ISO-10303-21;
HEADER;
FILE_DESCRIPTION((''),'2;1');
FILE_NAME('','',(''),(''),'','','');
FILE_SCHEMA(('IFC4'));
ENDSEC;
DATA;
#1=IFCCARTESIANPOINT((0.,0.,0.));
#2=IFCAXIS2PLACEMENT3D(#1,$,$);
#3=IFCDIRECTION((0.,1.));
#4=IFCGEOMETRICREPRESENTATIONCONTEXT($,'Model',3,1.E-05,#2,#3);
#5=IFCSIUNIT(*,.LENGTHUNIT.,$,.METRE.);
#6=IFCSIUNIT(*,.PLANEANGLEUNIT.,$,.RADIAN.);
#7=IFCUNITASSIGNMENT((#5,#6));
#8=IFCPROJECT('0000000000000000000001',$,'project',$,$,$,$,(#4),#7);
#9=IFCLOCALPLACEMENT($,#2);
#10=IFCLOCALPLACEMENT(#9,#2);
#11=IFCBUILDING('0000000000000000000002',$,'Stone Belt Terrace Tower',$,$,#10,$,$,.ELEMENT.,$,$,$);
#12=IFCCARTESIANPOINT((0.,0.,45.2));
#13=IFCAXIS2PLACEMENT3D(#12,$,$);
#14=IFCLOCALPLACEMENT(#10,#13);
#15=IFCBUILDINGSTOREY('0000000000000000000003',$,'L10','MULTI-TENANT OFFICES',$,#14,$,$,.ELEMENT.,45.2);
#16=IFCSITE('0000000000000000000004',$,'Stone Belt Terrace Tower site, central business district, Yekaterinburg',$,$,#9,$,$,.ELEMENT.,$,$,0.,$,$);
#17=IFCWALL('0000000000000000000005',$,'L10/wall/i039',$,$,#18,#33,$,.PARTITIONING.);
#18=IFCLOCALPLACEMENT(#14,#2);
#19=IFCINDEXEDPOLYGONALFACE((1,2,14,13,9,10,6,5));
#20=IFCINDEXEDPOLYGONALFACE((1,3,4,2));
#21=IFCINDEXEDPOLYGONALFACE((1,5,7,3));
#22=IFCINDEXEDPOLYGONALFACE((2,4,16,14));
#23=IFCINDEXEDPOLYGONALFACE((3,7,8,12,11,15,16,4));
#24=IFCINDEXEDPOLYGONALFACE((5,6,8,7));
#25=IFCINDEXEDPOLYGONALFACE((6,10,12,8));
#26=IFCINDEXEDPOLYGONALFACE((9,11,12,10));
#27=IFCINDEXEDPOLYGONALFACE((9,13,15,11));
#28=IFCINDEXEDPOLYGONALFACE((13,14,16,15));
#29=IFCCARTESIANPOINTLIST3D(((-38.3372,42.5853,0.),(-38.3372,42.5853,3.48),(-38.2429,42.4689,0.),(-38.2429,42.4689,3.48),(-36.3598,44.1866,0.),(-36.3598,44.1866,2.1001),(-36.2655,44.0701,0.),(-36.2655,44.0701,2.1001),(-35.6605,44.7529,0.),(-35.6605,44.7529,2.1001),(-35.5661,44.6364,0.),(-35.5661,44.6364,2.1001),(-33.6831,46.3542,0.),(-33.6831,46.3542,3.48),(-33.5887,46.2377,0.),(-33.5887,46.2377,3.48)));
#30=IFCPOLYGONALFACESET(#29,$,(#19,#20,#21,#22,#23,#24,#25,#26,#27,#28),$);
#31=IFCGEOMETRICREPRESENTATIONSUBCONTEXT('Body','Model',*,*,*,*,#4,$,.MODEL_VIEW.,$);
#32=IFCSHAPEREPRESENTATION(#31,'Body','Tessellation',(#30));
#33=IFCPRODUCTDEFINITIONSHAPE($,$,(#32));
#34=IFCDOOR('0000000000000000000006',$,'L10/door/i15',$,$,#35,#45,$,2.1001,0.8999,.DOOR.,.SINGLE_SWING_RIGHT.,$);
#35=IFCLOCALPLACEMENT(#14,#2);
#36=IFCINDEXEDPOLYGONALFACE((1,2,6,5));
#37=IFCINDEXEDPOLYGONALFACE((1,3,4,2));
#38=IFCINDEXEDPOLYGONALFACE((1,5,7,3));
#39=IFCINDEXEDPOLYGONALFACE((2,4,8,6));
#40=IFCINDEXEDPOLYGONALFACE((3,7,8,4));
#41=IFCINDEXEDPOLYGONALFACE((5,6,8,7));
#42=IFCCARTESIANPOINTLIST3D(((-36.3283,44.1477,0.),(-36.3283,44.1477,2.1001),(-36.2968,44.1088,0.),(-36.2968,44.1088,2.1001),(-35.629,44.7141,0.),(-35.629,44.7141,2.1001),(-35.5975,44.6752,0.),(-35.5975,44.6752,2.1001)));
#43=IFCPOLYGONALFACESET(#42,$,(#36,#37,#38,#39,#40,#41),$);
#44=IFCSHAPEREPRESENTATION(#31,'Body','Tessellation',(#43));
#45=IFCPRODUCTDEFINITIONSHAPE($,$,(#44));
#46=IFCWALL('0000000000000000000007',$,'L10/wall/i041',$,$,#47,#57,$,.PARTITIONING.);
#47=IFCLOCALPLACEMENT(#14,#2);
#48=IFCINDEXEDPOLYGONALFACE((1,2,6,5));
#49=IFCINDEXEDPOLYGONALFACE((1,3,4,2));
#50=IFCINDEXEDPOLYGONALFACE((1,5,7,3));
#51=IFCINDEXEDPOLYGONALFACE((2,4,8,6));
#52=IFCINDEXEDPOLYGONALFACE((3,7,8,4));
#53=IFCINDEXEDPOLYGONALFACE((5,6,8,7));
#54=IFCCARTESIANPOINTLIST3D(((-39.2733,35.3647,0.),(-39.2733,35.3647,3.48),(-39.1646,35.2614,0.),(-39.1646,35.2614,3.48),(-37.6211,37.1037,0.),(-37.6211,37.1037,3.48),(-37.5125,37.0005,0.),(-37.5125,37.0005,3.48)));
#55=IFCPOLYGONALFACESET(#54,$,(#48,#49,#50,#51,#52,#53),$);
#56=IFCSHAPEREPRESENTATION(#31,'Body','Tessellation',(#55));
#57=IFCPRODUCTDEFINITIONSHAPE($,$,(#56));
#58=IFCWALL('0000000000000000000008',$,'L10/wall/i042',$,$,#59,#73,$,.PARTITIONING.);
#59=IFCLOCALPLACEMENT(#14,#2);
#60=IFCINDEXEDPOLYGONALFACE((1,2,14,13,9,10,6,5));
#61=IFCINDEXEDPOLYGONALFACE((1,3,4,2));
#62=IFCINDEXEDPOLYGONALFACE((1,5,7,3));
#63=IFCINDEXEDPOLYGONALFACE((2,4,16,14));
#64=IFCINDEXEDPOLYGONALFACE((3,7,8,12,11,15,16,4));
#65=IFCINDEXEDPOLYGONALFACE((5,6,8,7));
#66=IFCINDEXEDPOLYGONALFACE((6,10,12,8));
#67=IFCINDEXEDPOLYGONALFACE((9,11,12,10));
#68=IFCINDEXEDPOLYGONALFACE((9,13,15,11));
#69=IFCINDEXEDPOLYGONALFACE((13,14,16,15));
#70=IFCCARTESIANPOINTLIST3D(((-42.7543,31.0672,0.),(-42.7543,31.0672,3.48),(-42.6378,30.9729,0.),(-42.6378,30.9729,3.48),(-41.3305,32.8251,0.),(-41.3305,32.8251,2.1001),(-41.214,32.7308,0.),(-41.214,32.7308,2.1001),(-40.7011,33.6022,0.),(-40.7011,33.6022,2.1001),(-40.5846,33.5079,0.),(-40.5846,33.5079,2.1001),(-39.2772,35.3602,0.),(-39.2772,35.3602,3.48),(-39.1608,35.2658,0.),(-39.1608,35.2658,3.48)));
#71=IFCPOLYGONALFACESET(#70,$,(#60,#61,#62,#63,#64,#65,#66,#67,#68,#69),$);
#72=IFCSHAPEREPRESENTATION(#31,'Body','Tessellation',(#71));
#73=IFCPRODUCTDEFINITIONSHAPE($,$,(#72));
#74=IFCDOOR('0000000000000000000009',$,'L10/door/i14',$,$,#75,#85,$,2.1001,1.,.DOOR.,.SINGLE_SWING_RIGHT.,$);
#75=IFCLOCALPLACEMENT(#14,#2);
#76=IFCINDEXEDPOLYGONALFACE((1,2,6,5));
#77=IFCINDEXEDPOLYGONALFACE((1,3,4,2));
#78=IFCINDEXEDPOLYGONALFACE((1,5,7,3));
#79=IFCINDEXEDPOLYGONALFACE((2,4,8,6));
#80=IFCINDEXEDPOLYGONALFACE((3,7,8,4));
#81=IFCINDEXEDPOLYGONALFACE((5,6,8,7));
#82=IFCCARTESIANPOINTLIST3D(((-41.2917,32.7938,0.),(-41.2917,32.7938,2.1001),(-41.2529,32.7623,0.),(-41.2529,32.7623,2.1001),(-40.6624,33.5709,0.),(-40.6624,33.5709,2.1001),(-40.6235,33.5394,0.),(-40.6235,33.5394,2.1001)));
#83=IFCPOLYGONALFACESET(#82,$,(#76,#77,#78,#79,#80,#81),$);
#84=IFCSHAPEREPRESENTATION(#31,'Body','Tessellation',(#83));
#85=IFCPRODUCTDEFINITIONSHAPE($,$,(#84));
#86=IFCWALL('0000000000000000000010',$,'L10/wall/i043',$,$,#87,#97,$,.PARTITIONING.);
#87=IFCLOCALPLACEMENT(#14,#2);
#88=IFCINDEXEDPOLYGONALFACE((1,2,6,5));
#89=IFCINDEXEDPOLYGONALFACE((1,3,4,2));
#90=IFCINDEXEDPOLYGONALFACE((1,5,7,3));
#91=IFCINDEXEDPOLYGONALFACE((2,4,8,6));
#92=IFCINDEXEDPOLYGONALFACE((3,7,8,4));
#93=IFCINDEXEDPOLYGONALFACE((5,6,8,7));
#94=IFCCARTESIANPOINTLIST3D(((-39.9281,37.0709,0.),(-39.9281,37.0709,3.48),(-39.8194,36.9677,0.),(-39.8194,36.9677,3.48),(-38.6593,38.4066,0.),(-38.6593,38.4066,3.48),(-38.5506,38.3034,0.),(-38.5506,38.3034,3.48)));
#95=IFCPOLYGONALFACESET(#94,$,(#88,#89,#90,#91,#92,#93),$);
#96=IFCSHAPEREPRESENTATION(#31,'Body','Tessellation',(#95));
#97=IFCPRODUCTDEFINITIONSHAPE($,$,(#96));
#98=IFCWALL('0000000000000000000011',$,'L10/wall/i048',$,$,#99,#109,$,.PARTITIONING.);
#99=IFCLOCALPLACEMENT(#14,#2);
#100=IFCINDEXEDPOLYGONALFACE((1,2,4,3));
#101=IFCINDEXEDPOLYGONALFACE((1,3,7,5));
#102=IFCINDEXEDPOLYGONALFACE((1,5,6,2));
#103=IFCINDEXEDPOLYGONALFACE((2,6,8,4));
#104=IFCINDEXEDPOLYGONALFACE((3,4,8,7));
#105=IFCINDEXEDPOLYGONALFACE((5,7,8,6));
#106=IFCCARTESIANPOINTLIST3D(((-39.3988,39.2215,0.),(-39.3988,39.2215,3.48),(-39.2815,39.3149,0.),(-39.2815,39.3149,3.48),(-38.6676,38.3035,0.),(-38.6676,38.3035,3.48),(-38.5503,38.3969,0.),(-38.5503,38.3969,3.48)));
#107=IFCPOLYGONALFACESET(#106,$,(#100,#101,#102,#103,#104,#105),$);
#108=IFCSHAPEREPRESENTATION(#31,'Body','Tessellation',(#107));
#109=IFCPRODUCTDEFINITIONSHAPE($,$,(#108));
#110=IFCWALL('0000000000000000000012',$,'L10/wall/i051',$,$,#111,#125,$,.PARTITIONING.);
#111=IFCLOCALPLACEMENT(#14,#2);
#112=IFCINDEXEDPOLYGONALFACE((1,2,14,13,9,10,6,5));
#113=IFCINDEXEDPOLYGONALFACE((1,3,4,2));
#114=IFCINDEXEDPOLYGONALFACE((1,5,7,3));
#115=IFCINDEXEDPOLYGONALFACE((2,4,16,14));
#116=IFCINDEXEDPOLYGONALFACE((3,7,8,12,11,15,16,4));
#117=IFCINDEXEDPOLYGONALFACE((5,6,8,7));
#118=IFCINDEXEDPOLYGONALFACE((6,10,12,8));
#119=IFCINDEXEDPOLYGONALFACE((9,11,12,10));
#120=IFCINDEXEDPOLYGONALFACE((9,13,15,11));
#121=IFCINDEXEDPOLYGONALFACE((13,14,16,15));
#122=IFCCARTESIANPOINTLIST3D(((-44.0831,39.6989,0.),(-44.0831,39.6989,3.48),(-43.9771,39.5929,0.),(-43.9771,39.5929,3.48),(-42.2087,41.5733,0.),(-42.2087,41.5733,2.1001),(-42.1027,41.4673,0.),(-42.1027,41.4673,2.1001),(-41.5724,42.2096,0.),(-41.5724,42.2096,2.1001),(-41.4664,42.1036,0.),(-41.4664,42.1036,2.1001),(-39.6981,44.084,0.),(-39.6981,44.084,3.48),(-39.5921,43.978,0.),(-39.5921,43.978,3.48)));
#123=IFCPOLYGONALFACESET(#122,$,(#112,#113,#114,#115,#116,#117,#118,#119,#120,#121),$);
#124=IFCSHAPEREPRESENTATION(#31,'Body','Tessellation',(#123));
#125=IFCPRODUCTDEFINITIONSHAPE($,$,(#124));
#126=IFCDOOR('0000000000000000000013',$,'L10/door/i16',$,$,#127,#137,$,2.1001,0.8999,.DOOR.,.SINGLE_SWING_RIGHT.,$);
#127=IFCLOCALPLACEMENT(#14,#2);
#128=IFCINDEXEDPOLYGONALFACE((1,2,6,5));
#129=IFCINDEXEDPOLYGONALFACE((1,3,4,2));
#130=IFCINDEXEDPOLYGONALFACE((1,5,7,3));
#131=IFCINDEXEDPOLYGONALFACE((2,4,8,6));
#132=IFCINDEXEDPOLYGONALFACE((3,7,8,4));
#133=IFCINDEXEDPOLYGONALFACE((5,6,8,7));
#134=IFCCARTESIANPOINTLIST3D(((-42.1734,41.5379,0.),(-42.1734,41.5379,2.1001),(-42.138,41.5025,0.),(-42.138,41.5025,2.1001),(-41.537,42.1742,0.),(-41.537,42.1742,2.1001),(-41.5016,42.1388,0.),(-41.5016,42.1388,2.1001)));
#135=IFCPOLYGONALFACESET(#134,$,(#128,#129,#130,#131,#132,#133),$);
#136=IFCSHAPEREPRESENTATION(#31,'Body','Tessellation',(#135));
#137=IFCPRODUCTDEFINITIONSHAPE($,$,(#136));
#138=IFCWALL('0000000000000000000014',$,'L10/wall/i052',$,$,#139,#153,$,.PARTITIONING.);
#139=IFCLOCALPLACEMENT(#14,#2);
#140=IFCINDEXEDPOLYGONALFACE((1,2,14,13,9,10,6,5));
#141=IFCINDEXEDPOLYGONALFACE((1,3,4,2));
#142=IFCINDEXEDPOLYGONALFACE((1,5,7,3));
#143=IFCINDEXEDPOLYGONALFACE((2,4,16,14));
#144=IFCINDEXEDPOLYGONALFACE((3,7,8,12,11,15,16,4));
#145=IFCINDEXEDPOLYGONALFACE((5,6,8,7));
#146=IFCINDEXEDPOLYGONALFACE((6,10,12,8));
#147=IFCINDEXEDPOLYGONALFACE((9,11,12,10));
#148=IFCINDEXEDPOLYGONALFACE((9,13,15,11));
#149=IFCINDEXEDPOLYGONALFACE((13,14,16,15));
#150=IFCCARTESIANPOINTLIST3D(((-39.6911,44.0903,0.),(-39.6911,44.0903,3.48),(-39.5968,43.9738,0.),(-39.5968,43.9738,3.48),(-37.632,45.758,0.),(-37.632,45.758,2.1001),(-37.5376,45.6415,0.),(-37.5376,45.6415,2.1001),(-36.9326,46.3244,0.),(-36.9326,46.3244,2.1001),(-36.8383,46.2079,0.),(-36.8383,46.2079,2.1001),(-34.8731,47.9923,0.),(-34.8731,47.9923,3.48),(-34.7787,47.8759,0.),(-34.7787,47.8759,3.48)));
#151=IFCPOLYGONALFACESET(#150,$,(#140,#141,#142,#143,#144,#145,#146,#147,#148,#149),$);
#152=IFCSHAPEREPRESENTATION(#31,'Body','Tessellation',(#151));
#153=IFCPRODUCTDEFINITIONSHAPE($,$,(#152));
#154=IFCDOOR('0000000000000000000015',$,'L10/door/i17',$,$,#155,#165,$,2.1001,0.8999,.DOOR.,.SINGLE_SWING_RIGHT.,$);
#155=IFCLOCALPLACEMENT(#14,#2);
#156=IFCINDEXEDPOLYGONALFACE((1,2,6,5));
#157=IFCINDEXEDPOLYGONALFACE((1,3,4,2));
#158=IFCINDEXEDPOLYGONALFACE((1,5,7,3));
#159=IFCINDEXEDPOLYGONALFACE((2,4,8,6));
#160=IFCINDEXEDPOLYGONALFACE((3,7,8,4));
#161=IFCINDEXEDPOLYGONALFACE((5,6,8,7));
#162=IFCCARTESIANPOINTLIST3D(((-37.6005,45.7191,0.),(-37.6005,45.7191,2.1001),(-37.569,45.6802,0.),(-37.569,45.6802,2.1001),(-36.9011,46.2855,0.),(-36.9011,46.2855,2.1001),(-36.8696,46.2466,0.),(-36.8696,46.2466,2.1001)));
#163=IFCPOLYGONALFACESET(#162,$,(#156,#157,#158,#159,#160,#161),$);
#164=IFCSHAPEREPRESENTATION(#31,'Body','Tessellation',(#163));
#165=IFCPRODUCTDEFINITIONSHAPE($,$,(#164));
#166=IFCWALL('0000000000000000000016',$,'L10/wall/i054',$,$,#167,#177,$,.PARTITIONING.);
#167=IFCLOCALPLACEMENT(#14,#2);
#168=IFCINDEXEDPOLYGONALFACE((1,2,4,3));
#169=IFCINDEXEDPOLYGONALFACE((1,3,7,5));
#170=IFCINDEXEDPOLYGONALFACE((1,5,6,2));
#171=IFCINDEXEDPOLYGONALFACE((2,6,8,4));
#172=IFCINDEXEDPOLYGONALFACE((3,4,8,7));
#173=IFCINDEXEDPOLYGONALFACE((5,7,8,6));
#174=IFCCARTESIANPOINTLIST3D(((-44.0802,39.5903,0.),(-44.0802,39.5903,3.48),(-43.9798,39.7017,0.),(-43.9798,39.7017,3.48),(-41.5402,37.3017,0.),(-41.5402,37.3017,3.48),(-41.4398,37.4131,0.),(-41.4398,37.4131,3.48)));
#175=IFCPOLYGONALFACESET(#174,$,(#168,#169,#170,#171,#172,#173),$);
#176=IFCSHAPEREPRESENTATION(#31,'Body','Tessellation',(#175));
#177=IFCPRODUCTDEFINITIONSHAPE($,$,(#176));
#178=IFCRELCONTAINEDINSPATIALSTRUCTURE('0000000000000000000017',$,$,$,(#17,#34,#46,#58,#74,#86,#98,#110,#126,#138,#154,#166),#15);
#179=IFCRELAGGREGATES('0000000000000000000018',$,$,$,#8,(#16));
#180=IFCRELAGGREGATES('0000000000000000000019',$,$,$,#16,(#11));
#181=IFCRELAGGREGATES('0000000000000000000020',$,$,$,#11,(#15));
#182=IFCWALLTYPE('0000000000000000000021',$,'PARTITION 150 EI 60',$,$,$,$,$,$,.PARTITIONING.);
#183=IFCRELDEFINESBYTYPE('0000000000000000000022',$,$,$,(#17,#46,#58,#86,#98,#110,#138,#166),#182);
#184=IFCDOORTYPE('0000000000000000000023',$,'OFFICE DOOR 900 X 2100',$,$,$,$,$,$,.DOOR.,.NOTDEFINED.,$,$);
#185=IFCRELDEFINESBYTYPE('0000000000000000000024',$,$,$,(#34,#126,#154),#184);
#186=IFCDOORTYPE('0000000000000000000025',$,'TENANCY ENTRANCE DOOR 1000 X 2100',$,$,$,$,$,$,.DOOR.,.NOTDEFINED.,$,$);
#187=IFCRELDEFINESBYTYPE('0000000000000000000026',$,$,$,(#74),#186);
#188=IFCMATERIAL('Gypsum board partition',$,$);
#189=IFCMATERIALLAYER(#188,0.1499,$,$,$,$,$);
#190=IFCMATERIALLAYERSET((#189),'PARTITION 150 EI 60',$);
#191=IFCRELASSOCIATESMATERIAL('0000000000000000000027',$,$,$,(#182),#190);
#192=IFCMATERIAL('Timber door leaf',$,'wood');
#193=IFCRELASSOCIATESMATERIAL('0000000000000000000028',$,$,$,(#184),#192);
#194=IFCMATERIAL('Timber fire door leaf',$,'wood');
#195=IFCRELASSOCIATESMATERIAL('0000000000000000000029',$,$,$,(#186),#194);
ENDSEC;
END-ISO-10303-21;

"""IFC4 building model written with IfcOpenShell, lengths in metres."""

from ifc_helpers import new_model, si_unit, direction, frame, frame_2d, origin, place, context, subcontext, project, spatial, rectangle, extrude, material, layer, layer_set, type_object, element, fill, save


model = new_model("IFC4")

# Units and contexts
model_context = context("Model", 3, precision=1e-05, world=origin(), true_north=direction((0.0, 1.0)))
body_context = subcontext(model_context, "Body", "Model", "MODEL_VIEW")
ifc_project = project(units=[si_unit("LENGTHUNIT", "METRE"), si_unit("PLANEANGLEUNIT", "RADIAN")], contexts=[model_context])

# Site, building, storey
site_placement = place(None, origin())
site = spatial("IfcSite", under=ifc_project, at=site_placement, Name="Stone Belt Terrace Tower site, central business district, Yekaterinburg", CompositionType="ELEMENT", RefElevation=0.0)
building_placement = place(site_placement, origin())
building = spatial("IfcBuilding", under=site, at=building_placement, Name="Stone Belt Terrace Tower", CompositionType="ELEMENT")
storey_placement = place(building_placement, frame((0.0, 0.0, 45.2)))
storey = spatial("IfcBuildingStorey", under=building, at=storey_placement, Name="L10", Description="MULTI-TENANT OFFICES", CompositionType="ELEMENT", Elevation=45.2)

# Shared definitions
ifc_material_1 = material(Name="Gypsum board partition")
ifc_layer_1 = layer(ifc_material_1, 0.1499)
ifc_layer_set_1 = layer_set([ifc_layer_1], Name="PARTITION 150 EI 60")
wall_type = type_object("IfcWallType", Name="PARTITION 150 EI 60", PredefinedType="PARTITIONING", material=ifc_layer_set_1)

# Wall, opening, door
wall_1_placement = place(storey_placement, frame((-38.29, 42.5271, 0.0), z_axis=(0.0, 0.0, 1.0), x_axis=(0.777144, 0.629323, 0.0)))
wall_1 = element("IfcWall", 1, at=wall_1_placement, inside=storey, type_object=wall_type, Name="L10/wall/i039", PredefinedType="PARTITIONING", context=body_context, shape_type="SweptSolid", body=[
    extrude(rectangle(XDim=5.9888, YDim=0.1499, at=frame_2d((2.9944, 0.0))), origin(), (0.0, 0.0, 1.0), 3.48),
])
opening_1_placement = place(wall_1_placement, frame((2.5444, 0.0, 0.0)))
opening_1 = element("IfcOpeningElement", 2, at=opening_1_placement, cuts=wall_1, PredefinedType="OPENING", context=body_context, shape_type="SweptSolid", body=[
    extrude(rectangle(XDim=0.8999, YDim=2.1001, at=frame_2d((0.45, 1.05))), frame((0.0, 0.085, 0.0), z_axis=(0.0, -1.0, 0.0), x_axis=(1.0, 0.0, 0.0)), (0.0, 0.0, 1.0), 0.1699),
])
ifc_material_2 = material(Name="Timber door leaf", Category="wood")
door_type_1 = type_object("IfcDoorType", Name="OFFICE DOOR 900 X 2100", OperationType="NOTDEFINED", PredefinedType="DOOR", material=ifc_material_2)
door_1_placement = place(opening_1_placement, origin())
door_1 = element("IfcDoor", 3, at=door_1_placement, inside=storey, type_object=door_type_1, Name="L10/door/i15", OperationType="SINGLE_SWING_RIGHT", OverallHeight=2.1001, OverallWidth=0.8999, PredefinedType="DOOR", context=body_context, shape_type="SweptSolid", body=[
    extrude(rectangle(XDim=0.8999, YDim=2.1001, at=frame_2d((0.45, 1.05))), frame((0.0, 0.0249, 0.0), z_axis=(0.0, -1.0, 0.0), x_axis=(1.0, 0.0, 0.0)), (0.0, 0.0, 1.0), 0.05),
])
fill(opening_1, door_1)

# Wall
wall_2_placement = place(storey_placement, frame((-37.5669, 37.052, 0.0), z_axis=(0.0, 0.0, 1.0), x_axis=(-0.688757, -0.724992, 0.0)))
element("IfcWall", 4, at=wall_2_placement, inside=storey, type_object=wall_type, Name="L10/wall/i041", PredefinedType="PARTITIONING", context=body_context, shape_type="SweptSolid", body=[
    extrude(rectangle(XDim=2.3987, YDim=0.1499, at=frame_2d((1.1992, 0.0))), origin(), (0.0, 0.0, 1.0), 3.48),
])

# Wall, opening, door
wall_3_placement = place(storey_placement, frame((-39.219, 35.313, 0.0), z_axis=(0.0, 0.0, 1.0), x_axis=(-0.629394, -0.777086, 0.0)))
wall_3 = element("IfcWall", 5, at=wall_3_placement, inside=storey, type_object=wall_type, Name="L10/wall/i042", PredefinedType="PARTITIONING", context=body_context, shape_type="SweptSolid", body=[
    extrude(rectangle(XDim=5.5244, YDim=0.1499, at=frame_2d((2.7622, 0.0))), origin(), (0.0, 0.0, 1.0), 3.48),
])
opening_2_placement = place(wall_3_placement, frame((2.2622, 0.0, 0.0)))
opening_2 = element("IfcOpeningElement", 6, at=opening_2_placement, cuts=wall_3, PredefinedType="OPENING", context=body_context, shape_type="SweptSolid", body=[
    extrude(rectangle(XDim=1.0, YDim=2.1001, at=frame_2d((0.5, 1.05))), frame((0.0, 0.085, 0.0), z_axis=(0.0, -1.0, 0.0), x_axis=(1.0, 0.0, 0.0)), (0.0, 0.0, 1.0), 0.1699),
])
ifc_material_3 = material(Name="Timber fire door leaf", Category="wood")
door_type_2 = type_object("IfcDoorType", Name="TENANCY ENTRANCE DOOR 1000 X 2100", OperationType="NOTDEFINED", PredefinedType="DOOR", material=ifc_material_3)
door_2_placement = place(opening_2_placement, origin())
door_2 = element("IfcDoor", 7, at=door_2_placement, inside=storey, type_object=door_type_2, Name="L10/door/i14", OperationType="SINGLE_SWING_RIGHT", OverallHeight=2.1001, OverallWidth=1.0, PredefinedType="DOOR", context=body_context, shape_type="SweptSolid", body=[
    extrude(rectangle(XDim=1.0, YDim=2.1001, at=frame_2d((0.5, 1.05))), frame((0.0, 0.0249, 0.0), z_axis=(0.0, -1.0, 0.0), x_axis=(1.0, 0.0, 0.0)), (0.0, 0.0, 1.0), 0.05),
])
fill(opening_2, door_2)

# Walls
wall_4_placement = place(storey_placement, frame((-39.8738, 37.0193, 0.0), z_axis=(0.0, 0.0, 1.0), x_axis=(0.688718, 0.725029, 0.0)))
element("IfcWall", 8, at=wall_4_placement, inside=storey, type_object=wall_type, Name="L10/wall/i043", PredefinedType="PARTITIONING", context=body_context, shape_type="SweptSolid", body=[
    extrude(rectangle(XDim=1.8423, YDim=0.1499, at=frame_2d((0.9211, 0.0))), origin(), (0.0, 0.0, 1.0), 3.48),
])
wall_5_placement = place(storey_placement, frame((-38.6089, 38.3501, 0.0), z_axis=(0.0, 0.0, 1.0), x_axis=(-0.623045, 0.782186, 0.0)))
element("IfcWall", 9, at=wall_5_placement, inside=storey, type_object=wall_type, Name="L10/wall/i048", PredefinedType="PARTITIONING", context=body_context, shape_type="SweptSolid", body=[
    extrude(rectangle(XDim=1.1736, YDim=0.1499, at=frame_2d((0.5869, 0.0))), origin(), (0.0, 0.0, 1.0), 3.48),
])

# Walls, openings, doors
wall_6_placement = place(storey_placement, frame((-44.03, 39.646, 0.0), z_axis=(0.0, 0.0, 1.0), x_axis=(0.707107, 0.707107, 0.0)))
wall_6 = element("IfcWall", 10, at=wall_6_placement, inside=storey, type_object=wall_type, Name="L10/wall/i051", PredefinedType="PARTITIONING", context=body_context, shape_type="SweptSolid", body=[
    extrude(rectangle(XDim=6.2014, YDim=0.1499, at=frame_2d((3.1006, 0.0))), origin(), (0.0, 0.0, 1.0), 3.48),
])
opening_3_placement = place(wall_6_placement, frame((2.6506, 0.0, 0.0)))
opening_3 = element("IfcOpeningElement", 11, at=opening_3_placement, cuts=wall_6, PredefinedType="OPENING", context=body_context, shape_type="SweptSolid", body=[
    extrude(rectangle(XDim=0.8999, YDim=2.1001, at=frame_2d((0.45, 1.05))), frame((0.0, 0.085, 0.0), z_axis=(0.0, -1.0, 0.0), x_axis=(1.0, 0.0, 0.0)), (0.0, 0.0, 1.0), 0.1699),
])
door_3_placement = place(opening_3_placement, origin())
door_3 = element("IfcDoor", 12, at=door_3_placement, inside=storey, type_object=door_type_1, Name="L10/door/i16", OperationType="SINGLE_SWING_RIGHT", OverallHeight=2.1001, OverallWidth=0.8999, PredefinedType="DOOR", context=body_context, shape_type="SweptSolid", body=[
    extrude(rectangle(XDim=0.8999, YDim=2.1001, at=frame_2d((0.45, 1.05))), frame((0.0, 0.0249, 0.0), z_axis=(0.0, -1.0, 0.0), x_axis=(1.0, 0.0, 0.0)), (0.0, 0.0, 1.0), 0.05),
])
fill(opening_3, door_3)
wall_7_placement = place(storey_placement, frame((-39.644, 44.032, 0.0), z_axis=(0.0, 0.0, 1.0), x_axis=(0.777109, 0.629366, 0.0)))
wall_7 = element("IfcWall", 13, at=wall_7_placement, inside=storey, type_object=wall_type, Name="L10/wall/i052", PredefinedType="PARTITIONING", context=body_context, shape_type="SweptSolid", body=[
    extrude(rectangle(XDim=6.2, YDim=0.1499, at=frame_2d((3.1001, 0.0))), origin(), (0.0, 0.0, 1.0), 3.48),
])
opening_4_placement = place(wall_7_placement, frame((2.6499, 0.0, 0.0)))
opening_4 = element("IfcOpeningElement", 14, at=opening_4_placement, cuts=wall_7, PredefinedType="OPENING", context=body_context, shape_type="SweptSolid", body=[
    extrude(rectangle(XDim=0.8999, YDim=2.1001, at=frame_2d((0.45, 1.05))), frame((0.0, 0.085, 0.0), z_axis=(0.0, -1.0, 0.0), x_axis=(1.0, 0.0, 0.0)), (0.0, 0.0, 1.0), 0.1699),
])
door_4_placement = place(opening_4_placement, origin())
door_4 = element("IfcDoor", 15, at=door_4_placement, inside=storey, type_object=door_type_1, Name="L10/door/i17", OperationType="SINGLE_SWING_RIGHT", OverallHeight=2.1001, OverallWidth=0.8999, PredefinedType="DOOR", context=body_context, shape_type="SweptSolid", body=[
    extrude(rectangle(XDim=0.8999, YDim=2.1001, at=frame_2d((0.45, 1.05))), frame((0.0, 0.0249, 0.0), z_axis=(0.0, -1.0, 0.0), x_axis=(1.0, 0.0, 0.0)), (0.0, 0.0, 1.0), 0.05),
])
fill(opening_4, door_4)

# Wall
wall_8_placement = place(storey_placement, frame((-41.49, 37.3574, 0.0), z_axis=(0.0, 0.0, 1.0), x_axis=(-0.742925, 0.669375, 0.0)))
element("IfcWall", 16, at=wall_8_placement, inside=storey, type_object=wall_type, Name="L10/wall/i054", PredefinedType="PARTITIONING", context=body_context, shape_type="SweptSolid", body=[
    extrude(rectangle(XDim=3.4189, YDim=0.1499, at=frame_2d((1.7095, 0.0))), origin(), (0.0, 0.0, 1.0), 3.48),
])

save(model, "model.ifc")
